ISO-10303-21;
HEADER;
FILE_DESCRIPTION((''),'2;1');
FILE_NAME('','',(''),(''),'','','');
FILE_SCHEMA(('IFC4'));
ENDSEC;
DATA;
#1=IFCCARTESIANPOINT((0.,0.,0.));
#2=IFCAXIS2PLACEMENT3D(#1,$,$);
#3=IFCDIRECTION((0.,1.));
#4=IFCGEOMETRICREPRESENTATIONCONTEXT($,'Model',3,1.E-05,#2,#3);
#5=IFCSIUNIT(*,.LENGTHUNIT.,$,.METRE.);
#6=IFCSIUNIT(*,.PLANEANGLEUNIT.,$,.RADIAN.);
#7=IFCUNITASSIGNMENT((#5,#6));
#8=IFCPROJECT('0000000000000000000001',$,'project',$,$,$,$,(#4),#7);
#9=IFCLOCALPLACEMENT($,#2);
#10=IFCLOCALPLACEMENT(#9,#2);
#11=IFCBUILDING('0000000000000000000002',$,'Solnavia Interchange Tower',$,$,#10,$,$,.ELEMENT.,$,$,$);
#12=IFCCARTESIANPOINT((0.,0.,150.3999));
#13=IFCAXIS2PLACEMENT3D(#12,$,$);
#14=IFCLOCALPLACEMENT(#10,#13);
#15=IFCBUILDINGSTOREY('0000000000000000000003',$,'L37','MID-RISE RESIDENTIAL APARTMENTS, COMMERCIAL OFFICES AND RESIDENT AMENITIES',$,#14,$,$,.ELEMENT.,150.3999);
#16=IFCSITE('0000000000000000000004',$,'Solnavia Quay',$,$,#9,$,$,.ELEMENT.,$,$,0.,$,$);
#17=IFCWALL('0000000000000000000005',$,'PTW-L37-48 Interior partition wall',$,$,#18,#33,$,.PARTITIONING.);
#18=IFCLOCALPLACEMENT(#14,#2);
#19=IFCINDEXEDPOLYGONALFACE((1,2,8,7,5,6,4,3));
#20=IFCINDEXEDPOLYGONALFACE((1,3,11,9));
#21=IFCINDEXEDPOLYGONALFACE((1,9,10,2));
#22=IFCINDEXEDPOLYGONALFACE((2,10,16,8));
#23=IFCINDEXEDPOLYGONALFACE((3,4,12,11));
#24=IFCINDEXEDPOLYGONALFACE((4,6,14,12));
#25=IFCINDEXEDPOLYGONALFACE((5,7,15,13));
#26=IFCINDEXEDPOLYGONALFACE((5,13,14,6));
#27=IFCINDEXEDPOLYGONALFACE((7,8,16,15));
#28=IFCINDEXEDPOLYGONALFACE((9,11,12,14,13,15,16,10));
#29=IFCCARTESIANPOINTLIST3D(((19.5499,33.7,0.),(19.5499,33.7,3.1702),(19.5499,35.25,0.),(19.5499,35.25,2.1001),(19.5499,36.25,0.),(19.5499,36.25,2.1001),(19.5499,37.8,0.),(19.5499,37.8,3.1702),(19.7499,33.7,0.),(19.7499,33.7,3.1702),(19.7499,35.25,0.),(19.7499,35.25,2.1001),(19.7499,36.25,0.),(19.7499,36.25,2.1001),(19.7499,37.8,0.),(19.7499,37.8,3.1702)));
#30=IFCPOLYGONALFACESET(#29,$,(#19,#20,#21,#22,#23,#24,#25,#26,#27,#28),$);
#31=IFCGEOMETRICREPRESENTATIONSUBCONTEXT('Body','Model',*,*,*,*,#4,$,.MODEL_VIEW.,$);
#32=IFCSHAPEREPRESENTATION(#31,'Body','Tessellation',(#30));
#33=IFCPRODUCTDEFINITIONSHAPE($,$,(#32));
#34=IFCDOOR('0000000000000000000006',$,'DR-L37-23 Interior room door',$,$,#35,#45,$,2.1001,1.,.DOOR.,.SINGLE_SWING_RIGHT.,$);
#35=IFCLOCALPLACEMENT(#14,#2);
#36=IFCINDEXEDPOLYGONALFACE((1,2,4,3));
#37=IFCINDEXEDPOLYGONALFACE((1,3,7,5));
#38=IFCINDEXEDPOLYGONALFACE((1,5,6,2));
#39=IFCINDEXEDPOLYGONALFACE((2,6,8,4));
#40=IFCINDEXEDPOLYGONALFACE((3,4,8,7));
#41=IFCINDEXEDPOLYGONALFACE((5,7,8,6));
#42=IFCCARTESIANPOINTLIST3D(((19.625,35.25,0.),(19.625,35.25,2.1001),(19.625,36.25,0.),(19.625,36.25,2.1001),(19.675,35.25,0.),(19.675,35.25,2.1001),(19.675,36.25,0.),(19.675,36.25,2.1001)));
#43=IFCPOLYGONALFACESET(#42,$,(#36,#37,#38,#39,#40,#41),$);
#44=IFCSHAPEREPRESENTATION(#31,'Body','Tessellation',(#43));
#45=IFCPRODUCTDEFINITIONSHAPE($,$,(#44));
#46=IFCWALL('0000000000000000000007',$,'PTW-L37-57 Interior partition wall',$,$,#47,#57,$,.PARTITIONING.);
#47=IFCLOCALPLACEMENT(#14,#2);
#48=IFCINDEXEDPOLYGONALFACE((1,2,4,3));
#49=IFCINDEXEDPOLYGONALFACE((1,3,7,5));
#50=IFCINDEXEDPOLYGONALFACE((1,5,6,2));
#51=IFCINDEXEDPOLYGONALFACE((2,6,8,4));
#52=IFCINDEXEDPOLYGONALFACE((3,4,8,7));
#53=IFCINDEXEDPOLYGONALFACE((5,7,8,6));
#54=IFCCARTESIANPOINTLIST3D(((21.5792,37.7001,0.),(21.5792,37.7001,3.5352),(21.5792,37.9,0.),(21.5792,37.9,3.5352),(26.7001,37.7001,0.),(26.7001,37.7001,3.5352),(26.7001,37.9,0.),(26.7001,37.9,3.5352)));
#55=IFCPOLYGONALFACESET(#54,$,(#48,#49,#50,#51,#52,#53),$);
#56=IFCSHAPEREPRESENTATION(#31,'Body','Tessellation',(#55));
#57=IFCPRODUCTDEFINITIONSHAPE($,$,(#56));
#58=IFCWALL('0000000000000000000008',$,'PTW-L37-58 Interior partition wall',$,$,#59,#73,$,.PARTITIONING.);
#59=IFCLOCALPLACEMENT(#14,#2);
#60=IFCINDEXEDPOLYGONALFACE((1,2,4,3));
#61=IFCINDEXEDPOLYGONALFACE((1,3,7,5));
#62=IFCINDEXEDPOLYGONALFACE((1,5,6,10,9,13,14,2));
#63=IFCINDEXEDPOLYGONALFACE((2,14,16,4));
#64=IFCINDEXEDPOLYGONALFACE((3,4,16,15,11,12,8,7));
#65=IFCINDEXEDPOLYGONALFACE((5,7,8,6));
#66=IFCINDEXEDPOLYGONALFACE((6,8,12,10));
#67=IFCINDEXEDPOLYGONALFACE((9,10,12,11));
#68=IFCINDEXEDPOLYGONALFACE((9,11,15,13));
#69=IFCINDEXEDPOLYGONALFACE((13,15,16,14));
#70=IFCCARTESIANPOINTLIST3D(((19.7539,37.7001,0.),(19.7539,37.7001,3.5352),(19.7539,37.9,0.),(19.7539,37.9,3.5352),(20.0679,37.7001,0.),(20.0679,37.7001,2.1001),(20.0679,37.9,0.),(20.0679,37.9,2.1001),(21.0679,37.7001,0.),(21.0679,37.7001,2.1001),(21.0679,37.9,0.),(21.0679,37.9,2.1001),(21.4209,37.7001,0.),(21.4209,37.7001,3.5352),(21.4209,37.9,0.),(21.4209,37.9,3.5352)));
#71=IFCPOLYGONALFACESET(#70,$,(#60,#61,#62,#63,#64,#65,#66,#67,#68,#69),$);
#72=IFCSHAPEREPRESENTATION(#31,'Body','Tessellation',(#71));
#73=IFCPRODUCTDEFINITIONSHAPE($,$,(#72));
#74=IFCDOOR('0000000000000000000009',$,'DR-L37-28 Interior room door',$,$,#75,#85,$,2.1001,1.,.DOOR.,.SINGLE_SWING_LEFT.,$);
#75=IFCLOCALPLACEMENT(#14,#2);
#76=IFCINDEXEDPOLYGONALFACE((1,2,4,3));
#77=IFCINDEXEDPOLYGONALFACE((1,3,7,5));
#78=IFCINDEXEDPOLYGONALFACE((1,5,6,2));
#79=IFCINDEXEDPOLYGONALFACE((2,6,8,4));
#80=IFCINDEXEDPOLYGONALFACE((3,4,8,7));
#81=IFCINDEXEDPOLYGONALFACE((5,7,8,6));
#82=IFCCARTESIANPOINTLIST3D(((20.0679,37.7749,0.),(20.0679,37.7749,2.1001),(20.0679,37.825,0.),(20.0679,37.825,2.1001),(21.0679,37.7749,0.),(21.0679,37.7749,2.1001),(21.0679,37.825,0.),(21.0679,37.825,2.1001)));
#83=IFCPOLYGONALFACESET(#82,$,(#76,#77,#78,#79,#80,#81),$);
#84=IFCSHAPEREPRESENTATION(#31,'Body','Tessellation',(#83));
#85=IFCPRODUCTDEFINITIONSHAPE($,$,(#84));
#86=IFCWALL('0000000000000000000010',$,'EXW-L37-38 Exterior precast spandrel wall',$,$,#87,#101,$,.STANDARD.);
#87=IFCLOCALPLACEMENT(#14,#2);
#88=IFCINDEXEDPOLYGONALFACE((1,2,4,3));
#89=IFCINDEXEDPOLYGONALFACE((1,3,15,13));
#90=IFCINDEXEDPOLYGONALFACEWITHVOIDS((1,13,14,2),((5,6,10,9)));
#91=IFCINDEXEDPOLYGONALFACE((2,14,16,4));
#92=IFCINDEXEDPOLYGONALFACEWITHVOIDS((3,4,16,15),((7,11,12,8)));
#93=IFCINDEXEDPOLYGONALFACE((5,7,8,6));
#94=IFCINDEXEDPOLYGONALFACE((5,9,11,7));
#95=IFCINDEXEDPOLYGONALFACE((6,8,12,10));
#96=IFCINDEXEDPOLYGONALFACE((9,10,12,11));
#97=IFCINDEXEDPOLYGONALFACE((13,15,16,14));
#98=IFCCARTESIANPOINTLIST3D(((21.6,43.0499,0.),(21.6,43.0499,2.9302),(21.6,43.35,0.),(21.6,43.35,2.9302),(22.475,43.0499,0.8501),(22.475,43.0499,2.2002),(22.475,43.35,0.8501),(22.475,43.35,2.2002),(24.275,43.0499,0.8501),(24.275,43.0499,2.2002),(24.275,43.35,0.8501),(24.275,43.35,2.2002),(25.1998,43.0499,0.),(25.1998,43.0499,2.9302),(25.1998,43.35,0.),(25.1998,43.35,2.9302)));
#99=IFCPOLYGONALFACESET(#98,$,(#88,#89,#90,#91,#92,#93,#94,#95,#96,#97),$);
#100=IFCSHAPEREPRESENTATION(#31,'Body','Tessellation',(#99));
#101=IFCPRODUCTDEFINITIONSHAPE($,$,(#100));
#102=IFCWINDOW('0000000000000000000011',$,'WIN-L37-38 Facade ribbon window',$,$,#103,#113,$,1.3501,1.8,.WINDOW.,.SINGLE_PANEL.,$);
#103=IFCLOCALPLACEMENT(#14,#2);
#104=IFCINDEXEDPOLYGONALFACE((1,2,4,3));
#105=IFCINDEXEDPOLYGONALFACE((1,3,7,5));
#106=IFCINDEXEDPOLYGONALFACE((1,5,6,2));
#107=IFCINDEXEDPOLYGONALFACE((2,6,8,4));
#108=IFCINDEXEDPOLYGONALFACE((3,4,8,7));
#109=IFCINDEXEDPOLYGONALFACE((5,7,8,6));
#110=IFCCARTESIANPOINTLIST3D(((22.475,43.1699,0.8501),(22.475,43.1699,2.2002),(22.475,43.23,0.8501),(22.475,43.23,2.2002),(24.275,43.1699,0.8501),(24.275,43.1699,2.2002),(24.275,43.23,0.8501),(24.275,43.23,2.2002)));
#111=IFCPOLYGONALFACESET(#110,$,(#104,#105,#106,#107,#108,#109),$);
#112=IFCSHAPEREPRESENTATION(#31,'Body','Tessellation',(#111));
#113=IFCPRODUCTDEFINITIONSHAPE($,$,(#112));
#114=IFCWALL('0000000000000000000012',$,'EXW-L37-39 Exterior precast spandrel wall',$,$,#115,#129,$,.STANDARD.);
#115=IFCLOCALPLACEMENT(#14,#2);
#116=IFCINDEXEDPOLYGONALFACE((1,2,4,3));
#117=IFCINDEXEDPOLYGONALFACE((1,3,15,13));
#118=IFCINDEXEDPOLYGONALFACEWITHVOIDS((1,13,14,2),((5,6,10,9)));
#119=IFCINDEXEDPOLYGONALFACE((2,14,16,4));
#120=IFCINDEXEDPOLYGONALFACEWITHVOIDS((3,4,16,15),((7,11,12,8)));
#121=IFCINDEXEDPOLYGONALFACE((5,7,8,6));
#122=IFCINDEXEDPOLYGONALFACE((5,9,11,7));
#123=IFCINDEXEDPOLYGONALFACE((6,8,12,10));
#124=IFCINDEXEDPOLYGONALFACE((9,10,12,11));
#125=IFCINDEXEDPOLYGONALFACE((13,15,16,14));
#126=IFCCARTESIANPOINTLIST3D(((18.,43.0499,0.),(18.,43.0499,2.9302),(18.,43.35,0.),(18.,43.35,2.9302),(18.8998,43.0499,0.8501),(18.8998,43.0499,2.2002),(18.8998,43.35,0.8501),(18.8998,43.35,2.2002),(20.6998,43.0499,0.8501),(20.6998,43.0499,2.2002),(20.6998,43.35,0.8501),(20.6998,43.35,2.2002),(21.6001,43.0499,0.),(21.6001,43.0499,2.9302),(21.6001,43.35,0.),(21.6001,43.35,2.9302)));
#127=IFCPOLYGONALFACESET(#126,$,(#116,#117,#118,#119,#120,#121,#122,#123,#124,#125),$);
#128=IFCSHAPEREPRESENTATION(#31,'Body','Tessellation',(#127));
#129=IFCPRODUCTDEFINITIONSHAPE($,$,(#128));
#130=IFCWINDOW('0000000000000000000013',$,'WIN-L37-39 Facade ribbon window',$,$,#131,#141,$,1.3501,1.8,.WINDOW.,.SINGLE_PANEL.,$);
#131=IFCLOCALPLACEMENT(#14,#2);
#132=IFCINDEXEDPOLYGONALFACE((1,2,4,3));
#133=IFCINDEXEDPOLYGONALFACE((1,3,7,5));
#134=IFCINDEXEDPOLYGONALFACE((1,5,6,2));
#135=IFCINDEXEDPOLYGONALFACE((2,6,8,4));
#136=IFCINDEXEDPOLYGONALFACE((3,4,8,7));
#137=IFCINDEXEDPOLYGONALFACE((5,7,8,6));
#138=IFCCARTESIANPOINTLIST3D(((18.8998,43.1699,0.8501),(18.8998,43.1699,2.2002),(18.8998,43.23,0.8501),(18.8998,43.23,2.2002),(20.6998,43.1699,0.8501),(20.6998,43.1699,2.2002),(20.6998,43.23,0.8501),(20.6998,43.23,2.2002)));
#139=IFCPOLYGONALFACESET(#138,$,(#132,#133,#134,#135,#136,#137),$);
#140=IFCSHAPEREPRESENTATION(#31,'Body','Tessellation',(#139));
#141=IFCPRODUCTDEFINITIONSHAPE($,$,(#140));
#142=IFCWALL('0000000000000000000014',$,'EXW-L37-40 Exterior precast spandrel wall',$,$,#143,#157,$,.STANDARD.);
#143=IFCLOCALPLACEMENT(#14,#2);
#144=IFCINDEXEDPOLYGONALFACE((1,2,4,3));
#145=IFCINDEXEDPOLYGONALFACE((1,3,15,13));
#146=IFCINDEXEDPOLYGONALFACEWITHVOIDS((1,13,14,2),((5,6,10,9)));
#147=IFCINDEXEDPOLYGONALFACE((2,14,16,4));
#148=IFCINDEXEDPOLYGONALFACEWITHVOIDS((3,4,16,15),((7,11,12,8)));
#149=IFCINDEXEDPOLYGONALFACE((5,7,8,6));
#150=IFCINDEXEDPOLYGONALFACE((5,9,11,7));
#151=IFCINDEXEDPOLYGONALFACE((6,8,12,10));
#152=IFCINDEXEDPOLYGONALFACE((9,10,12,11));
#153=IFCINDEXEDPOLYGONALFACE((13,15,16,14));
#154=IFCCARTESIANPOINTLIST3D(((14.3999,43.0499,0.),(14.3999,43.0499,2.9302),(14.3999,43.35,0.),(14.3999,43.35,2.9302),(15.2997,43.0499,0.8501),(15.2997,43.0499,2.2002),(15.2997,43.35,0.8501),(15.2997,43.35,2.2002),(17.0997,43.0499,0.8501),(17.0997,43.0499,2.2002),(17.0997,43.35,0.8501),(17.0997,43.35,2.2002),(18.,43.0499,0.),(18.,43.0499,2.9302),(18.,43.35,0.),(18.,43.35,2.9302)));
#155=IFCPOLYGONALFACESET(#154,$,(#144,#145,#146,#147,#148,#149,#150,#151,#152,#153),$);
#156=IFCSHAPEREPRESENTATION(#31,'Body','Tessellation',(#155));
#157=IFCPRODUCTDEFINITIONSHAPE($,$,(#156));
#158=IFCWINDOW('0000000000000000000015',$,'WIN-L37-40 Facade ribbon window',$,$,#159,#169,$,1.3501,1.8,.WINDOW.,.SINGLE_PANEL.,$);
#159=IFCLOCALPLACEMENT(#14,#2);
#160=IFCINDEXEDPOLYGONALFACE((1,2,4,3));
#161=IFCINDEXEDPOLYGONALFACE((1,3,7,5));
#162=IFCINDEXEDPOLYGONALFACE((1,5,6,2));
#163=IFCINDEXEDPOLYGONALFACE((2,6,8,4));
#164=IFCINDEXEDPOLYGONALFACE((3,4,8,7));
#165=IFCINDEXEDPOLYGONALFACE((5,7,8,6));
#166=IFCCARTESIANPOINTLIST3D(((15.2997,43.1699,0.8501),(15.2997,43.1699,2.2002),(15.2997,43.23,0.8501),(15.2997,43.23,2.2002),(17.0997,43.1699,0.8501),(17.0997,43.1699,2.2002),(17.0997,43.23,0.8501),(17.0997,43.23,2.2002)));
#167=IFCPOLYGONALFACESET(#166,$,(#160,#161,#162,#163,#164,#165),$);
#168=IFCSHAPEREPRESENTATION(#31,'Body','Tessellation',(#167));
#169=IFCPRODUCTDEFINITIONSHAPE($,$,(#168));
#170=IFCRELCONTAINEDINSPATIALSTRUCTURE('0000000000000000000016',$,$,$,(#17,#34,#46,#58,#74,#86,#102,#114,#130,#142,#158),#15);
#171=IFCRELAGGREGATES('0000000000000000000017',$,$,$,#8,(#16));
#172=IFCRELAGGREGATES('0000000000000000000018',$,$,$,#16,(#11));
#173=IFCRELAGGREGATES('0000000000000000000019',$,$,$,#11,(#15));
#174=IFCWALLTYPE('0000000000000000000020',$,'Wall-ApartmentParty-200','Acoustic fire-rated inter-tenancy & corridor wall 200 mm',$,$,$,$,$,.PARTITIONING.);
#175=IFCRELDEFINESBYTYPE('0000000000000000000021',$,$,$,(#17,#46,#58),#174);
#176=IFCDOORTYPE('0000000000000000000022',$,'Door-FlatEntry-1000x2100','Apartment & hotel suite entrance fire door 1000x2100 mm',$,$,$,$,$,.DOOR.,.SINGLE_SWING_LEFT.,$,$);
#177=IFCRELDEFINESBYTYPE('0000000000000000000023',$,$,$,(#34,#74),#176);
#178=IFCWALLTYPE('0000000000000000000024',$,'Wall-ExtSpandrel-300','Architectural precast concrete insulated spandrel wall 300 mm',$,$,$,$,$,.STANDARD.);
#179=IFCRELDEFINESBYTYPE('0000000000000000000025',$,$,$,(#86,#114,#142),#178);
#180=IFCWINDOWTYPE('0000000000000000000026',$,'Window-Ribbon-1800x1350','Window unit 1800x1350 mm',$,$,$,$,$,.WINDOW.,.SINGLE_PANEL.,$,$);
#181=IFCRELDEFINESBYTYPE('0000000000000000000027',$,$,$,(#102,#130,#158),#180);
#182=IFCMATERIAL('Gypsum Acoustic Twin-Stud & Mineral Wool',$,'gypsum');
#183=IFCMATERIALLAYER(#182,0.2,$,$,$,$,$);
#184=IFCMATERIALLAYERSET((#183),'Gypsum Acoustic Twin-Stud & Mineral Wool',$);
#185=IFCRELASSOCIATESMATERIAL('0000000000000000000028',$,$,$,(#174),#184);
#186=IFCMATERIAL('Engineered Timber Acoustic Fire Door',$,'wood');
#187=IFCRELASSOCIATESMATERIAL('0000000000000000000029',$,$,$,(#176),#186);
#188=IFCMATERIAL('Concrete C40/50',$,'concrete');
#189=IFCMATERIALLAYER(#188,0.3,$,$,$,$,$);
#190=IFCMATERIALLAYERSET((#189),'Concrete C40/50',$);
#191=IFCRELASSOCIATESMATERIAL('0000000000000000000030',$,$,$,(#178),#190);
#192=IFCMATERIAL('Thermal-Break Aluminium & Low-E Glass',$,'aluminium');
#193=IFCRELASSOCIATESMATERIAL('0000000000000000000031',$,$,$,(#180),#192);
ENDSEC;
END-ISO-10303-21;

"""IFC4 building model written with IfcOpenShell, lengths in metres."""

from ifc_helpers import new_model, si_unit, direction, frame, frame_2d, origin, place, context, subcontext, project, spatial, rectangle, extrude, material, layer, layer_set, type_object, element, fill, save


model = new_model("IFC4")

# Units and contexts
model_context = context("Model", 3, precision=1e-05, world=origin(), true_north=direction((0.0, 1.0)))
body_context = subcontext(model_context, "Body", "Model", "MODEL_VIEW")
ifc_project = project(units=[si_unit("LENGTHUNIT", "METRE"), si_unit("PLANEANGLEUNIT", "RADIAN")], contexts=[model_context])

# Site, building, storey
site_placement = place(None, origin())
site = spatial("IfcSite", under=ifc_project, at=site_placement, Name="Solnavia Quay", CompositionType="ELEMENT", RefElevation=0.0)
building_placement = place(site_placement, origin())
building = spatial("IfcBuilding", under=site, at=building_placement, Name="Solnavia Interchange Tower", CompositionType="ELEMENT")
storey_placement = place(building_placement, frame((0.0, 0.0, 150.3999)))
storey = spatial("IfcBuildingStorey", under=building, at=storey_placement, Name="L37", Description="MID-RISE RESIDENTIAL APARTMENTS, COMMERCIAL OFFICES AND RESIDENT AMENITIES", CompositionType="ELEMENT", Elevation=150.3999)

# Wall, opening, door
ifc_material_1 = material(Name="Gypsum Acoustic Twin-Stud & Mineral Wool", Category="gypsum")
ifc_layer_1 = layer(ifc_material_1, 0.2)
ifc_layer_set_1 = layer_set([ifc_layer_1], Name="Gypsum Acoustic Twin-Stud & Mineral Wool")
wall_type_1 = type_object("IfcWallType", Name="Wall-ApartmentParty-200", Description="Acoustic fire-rated inter-tenancy & corridor wall 200 mm", PredefinedType="PARTITIONING", material=ifc_layer_set_1)
wall_1_placement = place(storey_placement, frame((19.6499, 33.7, 0.0), z_axis=(0.0, 0.0, 1.0), x_axis=(0.0, 1.0, 0.0)))
wall_1 = element("IfcWall", 1, at=wall_1_placement, inside=storey, type_object=wall_type_1, Name="PTW-L37-48 Interior partition wall", PredefinedType="PARTITIONING", context=body_context, shape_type="SweptSolid", body=[
    extrude(rectangle(XDim=4.1001, YDim=0.2, at=frame_2d((2.05, 0.0))), origin(), (0.0, 0.0, 1.0), 3.1702),
])
opening_1_placement = place(wall_1_placement, frame((1.55, 0.0, 0.0)))
opening_1 = element("IfcOpeningElement", 2, at=opening_1_placement, cuts=wall_1, PredefinedType="OPENING", context=body_context, shape_type="SweptSolid", body=[
    extrude(rectangle(XDim=1.0, YDim=2.1001, at=frame_2d((0.5, 1.05))), frame((0.0, 0.1099, 0.0), z_axis=(0.0, -1.0, 0.0), x_axis=(1.0, 0.0, 0.0)), (0.0, 0.0, 1.0), 0.22),
])
ifc_material_2 = material(Name="Engineered Timber Acoustic Fire Door", Category="wood")
door_type_1 = type_object("IfcDoorType", Name="Door-FlatEntry-1000x2100", Description="Apartment & hotel suite entrance fire door 1000x2100 mm", OperationType="SINGLE_SWING_LEFT", PredefinedType="DOOR", material=ifc_material_2)
door_1_placement = place(opening_1_placement, origin())
door_1 = element("IfcDoor", 3, at=door_1_placement, inside=storey, type_object=door_type_1, Name="DR-L37-23 Interior room door", OperationType="SINGLE_SWING_RIGHT", OverallHeight=2.1001, OverallWidth=1.0, PredefinedType="DOOR", context=body_context, shape_type="SweptSolid", body=[
    extrude(rectangle(XDim=1.0, YDim=2.1001, at=frame_2d((0.5, 1.05))), frame((0.0, 0.0249, 0.0), z_axis=(0.0, -1.0, 0.0), x_axis=(1.0, 0.0, 0.0)), (0.0, 0.0, 1.0), 0.05),
])
fill(opening_1, door_1)

# Wall
wall_2_placement = place(storey_placement, frame((21.5791, 37.8, 0.0), z_axis=(0.0, 0.0, 1.0), x_axis=(1.0, 0.0, 0.0)))
element("IfcWall", 4, at=wall_2_placement, inside=storey, type_object=wall_type_1, Name="PTW-L37-57 Interior partition wall", PredefinedType="PARTITIONING", context=body_context, shape_type="SweptSolid", body=[
    extrude(rectangle(XDim=5.1208, YDim=0.2, at=frame_2d((2.5605, 0.0))), origin(), (0.0, 0.0, 1.0), 3.5352),
])

# Wall, opening, door
wall_3_placement = place(storey_placement, frame((19.7539, 37.8, 0.0), z_axis=(0.0, 0.0, 1.0), x_axis=(1.0, 0.0, 0.0)))
wall_3 = element("IfcWall", 5, at=wall_3_placement, inside=storey, type_object=wall_type_1, Name="PTW-L37-58 Interior partition wall", PredefinedType="PARTITIONING", context=body_context, shape_type="SweptSolid", body=[
    extrude(rectangle(XDim=1.667, YDim=0.2, at=frame_2d((0.8335, 0.0))), origin(), (0.0, 0.0, 1.0), 3.5352),
])
opening_2_placement = place(wall_3_placement, frame((0.314, 0.0, 0.0)))
opening_2 = element("IfcOpeningElement", 6, at=opening_2_placement, cuts=wall_3, PredefinedType="OPENING", context=body_context, shape_type="SweptSolid", body=[
    extrude(rectangle(XDim=1.0, YDim=2.1001, at=frame_2d((0.5, 1.05))), frame((0.0, 0.1099, 0.0), z_axis=(0.0, -1.0, 0.0), x_axis=(1.0, 0.0, 0.0)), (0.0, 0.0, 1.0), 0.22),
])
door_2_placement = place(opening_2_placement, origin())
door_2 = element("IfcDoor", 7, at=door_2_placement, inside=storey, type_object=door_type_1, Name="DR-L37-28 Interior room door", OperationType="SINGLE_SWING_LEFT", OverallHeight=2.1001, OverallWidth=1.0, PredefinedType="DOOR", context=body_context, shape_type="SweptSolid", body=[
    extrude(rectangle(XDim=1.0, YDim=2.1001, at=frame_2d((0.5, 1.05))), frame((0.0, 0.0249, 0.0), z_axis=(0.0, -1.0, 0.0), x_axis=(1.0, 0.0, 0.0)), (0.0, 0.0, 1.0), 0.05),
])
fill(opening_2, door_2)

# Walls, openings, windows
ifc_material_3 = material(Name="Concrete C40/50", Category="concrete")
ifc_layer_2 = layer(ifc_material_3, 0.3)
ifc_layer_set_2 = layer_set([ifc_layer_2], Name="Concrete C40/50")
wall_type_2 = type_object("IfcWallType", Name="Wall-ExtSpandrel-300", Description="Architectural precast concrete insulated spandrel wall 300 mm", PredefinedType="STANDARD", material=ifc_layer_set_2)
wall_4_placement = place(storey_placement, frame((21.6001, 43.2, 0.0), z_axis=(0.0, 0.0, 1.0), x_axis=(1.0, 0.0, 0.0)))
wall_4 = element("IfcWall", 8, at=wall_4_placement, inside=storey, type_object=wall_type_2, Name="EXW-L37-38 Exterior precast spandrel wall", PredefinedType="STANDARD", context=body_context, shape_type="SweptSolid", body=[
    extrude(rectangle(XDim=3.5999, YDim=0.3, at=frame_2d((1.7998, 0.0))), origin(), (0.0, 0.0, 1.0), 2.9302),
])
opening_3_placement = place(wall_4_placement, frame((0.875, 0.0, 0.8501)))
opening_3 = element("IfcOpeningElement", 9, at=opening_3_placement, cuts=wall_4, PredefinedType="OPENING", context=body_context, shape_type="SweptSolid", body=[
    extrude(rectangle(XDim=1.8, YDim=1.3501, at=frame_2d((0.8999, 0.675))), frame((0.0, 0.1602, 0.0), z_axis=(0.0, -1.0, 0.0), x_axis=(1.0, 0.0, 0.0)), (0.0, 0.0, 1.0), 0.3201),
])
ifc_material_4 = material(Name="Thermal-Break Aluminium & Low-E Glass", Category="aluminium")
window_type = type_object("IfcWindowType", Name="Window-Ribbon-1800x1350", Description="Window unit 1800x1350 mm", PartitioningType="SINGLE_PANEL", PredefinedType="WINDOW", material=ifc_material_4)
window_1_placement = place(opening_3_placement, origin())
window_1 = element("IfcWindow", 10, at=window_1_placement, inside=storey, type_object=window_type, Name="WIN-L37-38 Facade ribbon window", OverallHeight=1.3501, OverallWidth=1.8, PartitioningType="SINGLE_PANEL", PredefinedType="WINDOW", context=body_context, shape_type="SweptSolid", body=[
    extrude(rectangle(XDim=1.8, YDim=1.3501, at=frame_2d((0.8999, 0.675))), frame((0.0, 0.03, 0.0), z_axis=(0.0, -1.0, 0.0), x_axis=(1.0, 0.0, 0.0)), (0.0, 0.0, 1.0), 0.0601),
])
fill(opening_3, window_1)
wall_5_placement = place(storey_placement, frame((18.0, 43.2, 0.0), z_axis=(0.0, 0.0, 1.0), x_axis=(1.0, 0.0, 0.0)))
wall_5 = element("IfcWall", 11, at=wall_5_placement, inside=storey, type_object=wall_type_2, Name="EXW-L37-39 Exterior precast spandrel wall", PredefinedType="STANDARD", context=body_context, shape_type="SweptSolid", body=[
    extrude(rectangle(XDim=3.6001, YDim=0.3, at=frame_2d((1.8, 0.0))), origin(), (0.0, 0.0, 1.0), 2.9302),
])
opening_4_placement = place(wall_5_placement, frame((0.8999, 0.0, 0.8501)))
opening_4 = element("IfcOpeningElement", 12, at=opening_4_placement, cuts=wall_5, PredefinedType="OPENING", context=body_context, shape_type="SweptSolid", body=[
    extrude(rectangle(XDim=1.8, YDim=1.3501, at=frame_2d((0.8999, 0.675))), frame((0.0, 0.1602, 0.0), z_axis=(0.0, -1.0, 0.0), x_axis=(1.0, 0.0, 0.0)), (0.0, 0.0, 1.0), 0.3201),
])
window_2_placement = place(opening_4_placement, origin())
window_2 = element("IfcWindow", 13, at=window_2_placement, inside=storey, type_object=window_type, Name="WIN-L37-39 Facade ribbon window", OverallHeight=1.3501, OverallWidth=1.8, PartitioningType="SINGLE_PANEL", PredefinedType="WINDOW", context=body_context, shape_type="SweptSolid", body=[
    extrude(rectangle(XDim=1.8, YDim=1.3501, at=frame_2d((0.8999, 0.675))), frame((0.0, 0.03, 0.0), z_axis=(0.0, -1.0, 0.0), x_axis=(1.0, 0.0, 0.0)), (0.0, 0.0, 1.0), 0.0601),
])
fill(opening_4, window_2)
wall_6_placement = place(storey_placement, frame((14.3999, 43.2, 0.0), z_axis=(0.0, 0.0, 1.0), x_axis=(1.0, 0.0, 0.0)))
wall_6 = element("IfcWall", 14, at=wall_6_placement, inside=storey, type_object=wall_type_2, Name="EXW-L37-40 Exterior precast spandrel wall", PredefinedType="STANDARD", context=body_context, shape_type="SweptSolid", body=[
    extrude(rectangle(XDim=3.6001, YDim=0.3, at=frame_2d((1.8, 0.0))), origin(), (0.0, 0.0, 1.0), 2.9302),
])
opening_5_placement = place(wall_6_placement, frame((0.8999, 0.0, 0.8501)))
opening_5 = element("IfcOpeningElement", 15, at=opening_5_placement, cuts=wall_6, PredefinedType="OPENING", context=body_context, shape_type="SweptSolid", body=[
    extrude(rectangle(XDim=1.8, YDim=1.3501, at=frame_2d((0.8999, 0.675))), frame((0.0, 0.1602, 0.0), z_axis=(0.0, -1.0, 0.0), x_axis=(1.0, 0.0, 0.0)), (0.0, 0.0, 1.0), 0.3201),
])
window_3_placement = place(opening_5_placement, origin())
window_3 = element("IfcWindow", 16, at=window_3_placement, inside=storey, type_object=window_type, Name="WIN-L37-40 Facade ribbon window", OverallHeight=1.3501, OverallWidth=1.8, PartitioningType="SINGLE_PANEL", PredefinedType="WINDOW", context=body_context, shape_type="SweptSolid", body=[
    extrude(rectangle(XDim=1.8, YDim=1.3501, at=frame_2d((0.8999, 0.675))), frame((0.0, 0.03, 0.0), z_axis=(0.0, -1.0, 0.0), x_axis=(1.0, 0.0, 0.0)), (0.0, 0.0, 1.0), 0.0601),
])
fill(opening_5, window_3)

save(model, "model.ifc")
